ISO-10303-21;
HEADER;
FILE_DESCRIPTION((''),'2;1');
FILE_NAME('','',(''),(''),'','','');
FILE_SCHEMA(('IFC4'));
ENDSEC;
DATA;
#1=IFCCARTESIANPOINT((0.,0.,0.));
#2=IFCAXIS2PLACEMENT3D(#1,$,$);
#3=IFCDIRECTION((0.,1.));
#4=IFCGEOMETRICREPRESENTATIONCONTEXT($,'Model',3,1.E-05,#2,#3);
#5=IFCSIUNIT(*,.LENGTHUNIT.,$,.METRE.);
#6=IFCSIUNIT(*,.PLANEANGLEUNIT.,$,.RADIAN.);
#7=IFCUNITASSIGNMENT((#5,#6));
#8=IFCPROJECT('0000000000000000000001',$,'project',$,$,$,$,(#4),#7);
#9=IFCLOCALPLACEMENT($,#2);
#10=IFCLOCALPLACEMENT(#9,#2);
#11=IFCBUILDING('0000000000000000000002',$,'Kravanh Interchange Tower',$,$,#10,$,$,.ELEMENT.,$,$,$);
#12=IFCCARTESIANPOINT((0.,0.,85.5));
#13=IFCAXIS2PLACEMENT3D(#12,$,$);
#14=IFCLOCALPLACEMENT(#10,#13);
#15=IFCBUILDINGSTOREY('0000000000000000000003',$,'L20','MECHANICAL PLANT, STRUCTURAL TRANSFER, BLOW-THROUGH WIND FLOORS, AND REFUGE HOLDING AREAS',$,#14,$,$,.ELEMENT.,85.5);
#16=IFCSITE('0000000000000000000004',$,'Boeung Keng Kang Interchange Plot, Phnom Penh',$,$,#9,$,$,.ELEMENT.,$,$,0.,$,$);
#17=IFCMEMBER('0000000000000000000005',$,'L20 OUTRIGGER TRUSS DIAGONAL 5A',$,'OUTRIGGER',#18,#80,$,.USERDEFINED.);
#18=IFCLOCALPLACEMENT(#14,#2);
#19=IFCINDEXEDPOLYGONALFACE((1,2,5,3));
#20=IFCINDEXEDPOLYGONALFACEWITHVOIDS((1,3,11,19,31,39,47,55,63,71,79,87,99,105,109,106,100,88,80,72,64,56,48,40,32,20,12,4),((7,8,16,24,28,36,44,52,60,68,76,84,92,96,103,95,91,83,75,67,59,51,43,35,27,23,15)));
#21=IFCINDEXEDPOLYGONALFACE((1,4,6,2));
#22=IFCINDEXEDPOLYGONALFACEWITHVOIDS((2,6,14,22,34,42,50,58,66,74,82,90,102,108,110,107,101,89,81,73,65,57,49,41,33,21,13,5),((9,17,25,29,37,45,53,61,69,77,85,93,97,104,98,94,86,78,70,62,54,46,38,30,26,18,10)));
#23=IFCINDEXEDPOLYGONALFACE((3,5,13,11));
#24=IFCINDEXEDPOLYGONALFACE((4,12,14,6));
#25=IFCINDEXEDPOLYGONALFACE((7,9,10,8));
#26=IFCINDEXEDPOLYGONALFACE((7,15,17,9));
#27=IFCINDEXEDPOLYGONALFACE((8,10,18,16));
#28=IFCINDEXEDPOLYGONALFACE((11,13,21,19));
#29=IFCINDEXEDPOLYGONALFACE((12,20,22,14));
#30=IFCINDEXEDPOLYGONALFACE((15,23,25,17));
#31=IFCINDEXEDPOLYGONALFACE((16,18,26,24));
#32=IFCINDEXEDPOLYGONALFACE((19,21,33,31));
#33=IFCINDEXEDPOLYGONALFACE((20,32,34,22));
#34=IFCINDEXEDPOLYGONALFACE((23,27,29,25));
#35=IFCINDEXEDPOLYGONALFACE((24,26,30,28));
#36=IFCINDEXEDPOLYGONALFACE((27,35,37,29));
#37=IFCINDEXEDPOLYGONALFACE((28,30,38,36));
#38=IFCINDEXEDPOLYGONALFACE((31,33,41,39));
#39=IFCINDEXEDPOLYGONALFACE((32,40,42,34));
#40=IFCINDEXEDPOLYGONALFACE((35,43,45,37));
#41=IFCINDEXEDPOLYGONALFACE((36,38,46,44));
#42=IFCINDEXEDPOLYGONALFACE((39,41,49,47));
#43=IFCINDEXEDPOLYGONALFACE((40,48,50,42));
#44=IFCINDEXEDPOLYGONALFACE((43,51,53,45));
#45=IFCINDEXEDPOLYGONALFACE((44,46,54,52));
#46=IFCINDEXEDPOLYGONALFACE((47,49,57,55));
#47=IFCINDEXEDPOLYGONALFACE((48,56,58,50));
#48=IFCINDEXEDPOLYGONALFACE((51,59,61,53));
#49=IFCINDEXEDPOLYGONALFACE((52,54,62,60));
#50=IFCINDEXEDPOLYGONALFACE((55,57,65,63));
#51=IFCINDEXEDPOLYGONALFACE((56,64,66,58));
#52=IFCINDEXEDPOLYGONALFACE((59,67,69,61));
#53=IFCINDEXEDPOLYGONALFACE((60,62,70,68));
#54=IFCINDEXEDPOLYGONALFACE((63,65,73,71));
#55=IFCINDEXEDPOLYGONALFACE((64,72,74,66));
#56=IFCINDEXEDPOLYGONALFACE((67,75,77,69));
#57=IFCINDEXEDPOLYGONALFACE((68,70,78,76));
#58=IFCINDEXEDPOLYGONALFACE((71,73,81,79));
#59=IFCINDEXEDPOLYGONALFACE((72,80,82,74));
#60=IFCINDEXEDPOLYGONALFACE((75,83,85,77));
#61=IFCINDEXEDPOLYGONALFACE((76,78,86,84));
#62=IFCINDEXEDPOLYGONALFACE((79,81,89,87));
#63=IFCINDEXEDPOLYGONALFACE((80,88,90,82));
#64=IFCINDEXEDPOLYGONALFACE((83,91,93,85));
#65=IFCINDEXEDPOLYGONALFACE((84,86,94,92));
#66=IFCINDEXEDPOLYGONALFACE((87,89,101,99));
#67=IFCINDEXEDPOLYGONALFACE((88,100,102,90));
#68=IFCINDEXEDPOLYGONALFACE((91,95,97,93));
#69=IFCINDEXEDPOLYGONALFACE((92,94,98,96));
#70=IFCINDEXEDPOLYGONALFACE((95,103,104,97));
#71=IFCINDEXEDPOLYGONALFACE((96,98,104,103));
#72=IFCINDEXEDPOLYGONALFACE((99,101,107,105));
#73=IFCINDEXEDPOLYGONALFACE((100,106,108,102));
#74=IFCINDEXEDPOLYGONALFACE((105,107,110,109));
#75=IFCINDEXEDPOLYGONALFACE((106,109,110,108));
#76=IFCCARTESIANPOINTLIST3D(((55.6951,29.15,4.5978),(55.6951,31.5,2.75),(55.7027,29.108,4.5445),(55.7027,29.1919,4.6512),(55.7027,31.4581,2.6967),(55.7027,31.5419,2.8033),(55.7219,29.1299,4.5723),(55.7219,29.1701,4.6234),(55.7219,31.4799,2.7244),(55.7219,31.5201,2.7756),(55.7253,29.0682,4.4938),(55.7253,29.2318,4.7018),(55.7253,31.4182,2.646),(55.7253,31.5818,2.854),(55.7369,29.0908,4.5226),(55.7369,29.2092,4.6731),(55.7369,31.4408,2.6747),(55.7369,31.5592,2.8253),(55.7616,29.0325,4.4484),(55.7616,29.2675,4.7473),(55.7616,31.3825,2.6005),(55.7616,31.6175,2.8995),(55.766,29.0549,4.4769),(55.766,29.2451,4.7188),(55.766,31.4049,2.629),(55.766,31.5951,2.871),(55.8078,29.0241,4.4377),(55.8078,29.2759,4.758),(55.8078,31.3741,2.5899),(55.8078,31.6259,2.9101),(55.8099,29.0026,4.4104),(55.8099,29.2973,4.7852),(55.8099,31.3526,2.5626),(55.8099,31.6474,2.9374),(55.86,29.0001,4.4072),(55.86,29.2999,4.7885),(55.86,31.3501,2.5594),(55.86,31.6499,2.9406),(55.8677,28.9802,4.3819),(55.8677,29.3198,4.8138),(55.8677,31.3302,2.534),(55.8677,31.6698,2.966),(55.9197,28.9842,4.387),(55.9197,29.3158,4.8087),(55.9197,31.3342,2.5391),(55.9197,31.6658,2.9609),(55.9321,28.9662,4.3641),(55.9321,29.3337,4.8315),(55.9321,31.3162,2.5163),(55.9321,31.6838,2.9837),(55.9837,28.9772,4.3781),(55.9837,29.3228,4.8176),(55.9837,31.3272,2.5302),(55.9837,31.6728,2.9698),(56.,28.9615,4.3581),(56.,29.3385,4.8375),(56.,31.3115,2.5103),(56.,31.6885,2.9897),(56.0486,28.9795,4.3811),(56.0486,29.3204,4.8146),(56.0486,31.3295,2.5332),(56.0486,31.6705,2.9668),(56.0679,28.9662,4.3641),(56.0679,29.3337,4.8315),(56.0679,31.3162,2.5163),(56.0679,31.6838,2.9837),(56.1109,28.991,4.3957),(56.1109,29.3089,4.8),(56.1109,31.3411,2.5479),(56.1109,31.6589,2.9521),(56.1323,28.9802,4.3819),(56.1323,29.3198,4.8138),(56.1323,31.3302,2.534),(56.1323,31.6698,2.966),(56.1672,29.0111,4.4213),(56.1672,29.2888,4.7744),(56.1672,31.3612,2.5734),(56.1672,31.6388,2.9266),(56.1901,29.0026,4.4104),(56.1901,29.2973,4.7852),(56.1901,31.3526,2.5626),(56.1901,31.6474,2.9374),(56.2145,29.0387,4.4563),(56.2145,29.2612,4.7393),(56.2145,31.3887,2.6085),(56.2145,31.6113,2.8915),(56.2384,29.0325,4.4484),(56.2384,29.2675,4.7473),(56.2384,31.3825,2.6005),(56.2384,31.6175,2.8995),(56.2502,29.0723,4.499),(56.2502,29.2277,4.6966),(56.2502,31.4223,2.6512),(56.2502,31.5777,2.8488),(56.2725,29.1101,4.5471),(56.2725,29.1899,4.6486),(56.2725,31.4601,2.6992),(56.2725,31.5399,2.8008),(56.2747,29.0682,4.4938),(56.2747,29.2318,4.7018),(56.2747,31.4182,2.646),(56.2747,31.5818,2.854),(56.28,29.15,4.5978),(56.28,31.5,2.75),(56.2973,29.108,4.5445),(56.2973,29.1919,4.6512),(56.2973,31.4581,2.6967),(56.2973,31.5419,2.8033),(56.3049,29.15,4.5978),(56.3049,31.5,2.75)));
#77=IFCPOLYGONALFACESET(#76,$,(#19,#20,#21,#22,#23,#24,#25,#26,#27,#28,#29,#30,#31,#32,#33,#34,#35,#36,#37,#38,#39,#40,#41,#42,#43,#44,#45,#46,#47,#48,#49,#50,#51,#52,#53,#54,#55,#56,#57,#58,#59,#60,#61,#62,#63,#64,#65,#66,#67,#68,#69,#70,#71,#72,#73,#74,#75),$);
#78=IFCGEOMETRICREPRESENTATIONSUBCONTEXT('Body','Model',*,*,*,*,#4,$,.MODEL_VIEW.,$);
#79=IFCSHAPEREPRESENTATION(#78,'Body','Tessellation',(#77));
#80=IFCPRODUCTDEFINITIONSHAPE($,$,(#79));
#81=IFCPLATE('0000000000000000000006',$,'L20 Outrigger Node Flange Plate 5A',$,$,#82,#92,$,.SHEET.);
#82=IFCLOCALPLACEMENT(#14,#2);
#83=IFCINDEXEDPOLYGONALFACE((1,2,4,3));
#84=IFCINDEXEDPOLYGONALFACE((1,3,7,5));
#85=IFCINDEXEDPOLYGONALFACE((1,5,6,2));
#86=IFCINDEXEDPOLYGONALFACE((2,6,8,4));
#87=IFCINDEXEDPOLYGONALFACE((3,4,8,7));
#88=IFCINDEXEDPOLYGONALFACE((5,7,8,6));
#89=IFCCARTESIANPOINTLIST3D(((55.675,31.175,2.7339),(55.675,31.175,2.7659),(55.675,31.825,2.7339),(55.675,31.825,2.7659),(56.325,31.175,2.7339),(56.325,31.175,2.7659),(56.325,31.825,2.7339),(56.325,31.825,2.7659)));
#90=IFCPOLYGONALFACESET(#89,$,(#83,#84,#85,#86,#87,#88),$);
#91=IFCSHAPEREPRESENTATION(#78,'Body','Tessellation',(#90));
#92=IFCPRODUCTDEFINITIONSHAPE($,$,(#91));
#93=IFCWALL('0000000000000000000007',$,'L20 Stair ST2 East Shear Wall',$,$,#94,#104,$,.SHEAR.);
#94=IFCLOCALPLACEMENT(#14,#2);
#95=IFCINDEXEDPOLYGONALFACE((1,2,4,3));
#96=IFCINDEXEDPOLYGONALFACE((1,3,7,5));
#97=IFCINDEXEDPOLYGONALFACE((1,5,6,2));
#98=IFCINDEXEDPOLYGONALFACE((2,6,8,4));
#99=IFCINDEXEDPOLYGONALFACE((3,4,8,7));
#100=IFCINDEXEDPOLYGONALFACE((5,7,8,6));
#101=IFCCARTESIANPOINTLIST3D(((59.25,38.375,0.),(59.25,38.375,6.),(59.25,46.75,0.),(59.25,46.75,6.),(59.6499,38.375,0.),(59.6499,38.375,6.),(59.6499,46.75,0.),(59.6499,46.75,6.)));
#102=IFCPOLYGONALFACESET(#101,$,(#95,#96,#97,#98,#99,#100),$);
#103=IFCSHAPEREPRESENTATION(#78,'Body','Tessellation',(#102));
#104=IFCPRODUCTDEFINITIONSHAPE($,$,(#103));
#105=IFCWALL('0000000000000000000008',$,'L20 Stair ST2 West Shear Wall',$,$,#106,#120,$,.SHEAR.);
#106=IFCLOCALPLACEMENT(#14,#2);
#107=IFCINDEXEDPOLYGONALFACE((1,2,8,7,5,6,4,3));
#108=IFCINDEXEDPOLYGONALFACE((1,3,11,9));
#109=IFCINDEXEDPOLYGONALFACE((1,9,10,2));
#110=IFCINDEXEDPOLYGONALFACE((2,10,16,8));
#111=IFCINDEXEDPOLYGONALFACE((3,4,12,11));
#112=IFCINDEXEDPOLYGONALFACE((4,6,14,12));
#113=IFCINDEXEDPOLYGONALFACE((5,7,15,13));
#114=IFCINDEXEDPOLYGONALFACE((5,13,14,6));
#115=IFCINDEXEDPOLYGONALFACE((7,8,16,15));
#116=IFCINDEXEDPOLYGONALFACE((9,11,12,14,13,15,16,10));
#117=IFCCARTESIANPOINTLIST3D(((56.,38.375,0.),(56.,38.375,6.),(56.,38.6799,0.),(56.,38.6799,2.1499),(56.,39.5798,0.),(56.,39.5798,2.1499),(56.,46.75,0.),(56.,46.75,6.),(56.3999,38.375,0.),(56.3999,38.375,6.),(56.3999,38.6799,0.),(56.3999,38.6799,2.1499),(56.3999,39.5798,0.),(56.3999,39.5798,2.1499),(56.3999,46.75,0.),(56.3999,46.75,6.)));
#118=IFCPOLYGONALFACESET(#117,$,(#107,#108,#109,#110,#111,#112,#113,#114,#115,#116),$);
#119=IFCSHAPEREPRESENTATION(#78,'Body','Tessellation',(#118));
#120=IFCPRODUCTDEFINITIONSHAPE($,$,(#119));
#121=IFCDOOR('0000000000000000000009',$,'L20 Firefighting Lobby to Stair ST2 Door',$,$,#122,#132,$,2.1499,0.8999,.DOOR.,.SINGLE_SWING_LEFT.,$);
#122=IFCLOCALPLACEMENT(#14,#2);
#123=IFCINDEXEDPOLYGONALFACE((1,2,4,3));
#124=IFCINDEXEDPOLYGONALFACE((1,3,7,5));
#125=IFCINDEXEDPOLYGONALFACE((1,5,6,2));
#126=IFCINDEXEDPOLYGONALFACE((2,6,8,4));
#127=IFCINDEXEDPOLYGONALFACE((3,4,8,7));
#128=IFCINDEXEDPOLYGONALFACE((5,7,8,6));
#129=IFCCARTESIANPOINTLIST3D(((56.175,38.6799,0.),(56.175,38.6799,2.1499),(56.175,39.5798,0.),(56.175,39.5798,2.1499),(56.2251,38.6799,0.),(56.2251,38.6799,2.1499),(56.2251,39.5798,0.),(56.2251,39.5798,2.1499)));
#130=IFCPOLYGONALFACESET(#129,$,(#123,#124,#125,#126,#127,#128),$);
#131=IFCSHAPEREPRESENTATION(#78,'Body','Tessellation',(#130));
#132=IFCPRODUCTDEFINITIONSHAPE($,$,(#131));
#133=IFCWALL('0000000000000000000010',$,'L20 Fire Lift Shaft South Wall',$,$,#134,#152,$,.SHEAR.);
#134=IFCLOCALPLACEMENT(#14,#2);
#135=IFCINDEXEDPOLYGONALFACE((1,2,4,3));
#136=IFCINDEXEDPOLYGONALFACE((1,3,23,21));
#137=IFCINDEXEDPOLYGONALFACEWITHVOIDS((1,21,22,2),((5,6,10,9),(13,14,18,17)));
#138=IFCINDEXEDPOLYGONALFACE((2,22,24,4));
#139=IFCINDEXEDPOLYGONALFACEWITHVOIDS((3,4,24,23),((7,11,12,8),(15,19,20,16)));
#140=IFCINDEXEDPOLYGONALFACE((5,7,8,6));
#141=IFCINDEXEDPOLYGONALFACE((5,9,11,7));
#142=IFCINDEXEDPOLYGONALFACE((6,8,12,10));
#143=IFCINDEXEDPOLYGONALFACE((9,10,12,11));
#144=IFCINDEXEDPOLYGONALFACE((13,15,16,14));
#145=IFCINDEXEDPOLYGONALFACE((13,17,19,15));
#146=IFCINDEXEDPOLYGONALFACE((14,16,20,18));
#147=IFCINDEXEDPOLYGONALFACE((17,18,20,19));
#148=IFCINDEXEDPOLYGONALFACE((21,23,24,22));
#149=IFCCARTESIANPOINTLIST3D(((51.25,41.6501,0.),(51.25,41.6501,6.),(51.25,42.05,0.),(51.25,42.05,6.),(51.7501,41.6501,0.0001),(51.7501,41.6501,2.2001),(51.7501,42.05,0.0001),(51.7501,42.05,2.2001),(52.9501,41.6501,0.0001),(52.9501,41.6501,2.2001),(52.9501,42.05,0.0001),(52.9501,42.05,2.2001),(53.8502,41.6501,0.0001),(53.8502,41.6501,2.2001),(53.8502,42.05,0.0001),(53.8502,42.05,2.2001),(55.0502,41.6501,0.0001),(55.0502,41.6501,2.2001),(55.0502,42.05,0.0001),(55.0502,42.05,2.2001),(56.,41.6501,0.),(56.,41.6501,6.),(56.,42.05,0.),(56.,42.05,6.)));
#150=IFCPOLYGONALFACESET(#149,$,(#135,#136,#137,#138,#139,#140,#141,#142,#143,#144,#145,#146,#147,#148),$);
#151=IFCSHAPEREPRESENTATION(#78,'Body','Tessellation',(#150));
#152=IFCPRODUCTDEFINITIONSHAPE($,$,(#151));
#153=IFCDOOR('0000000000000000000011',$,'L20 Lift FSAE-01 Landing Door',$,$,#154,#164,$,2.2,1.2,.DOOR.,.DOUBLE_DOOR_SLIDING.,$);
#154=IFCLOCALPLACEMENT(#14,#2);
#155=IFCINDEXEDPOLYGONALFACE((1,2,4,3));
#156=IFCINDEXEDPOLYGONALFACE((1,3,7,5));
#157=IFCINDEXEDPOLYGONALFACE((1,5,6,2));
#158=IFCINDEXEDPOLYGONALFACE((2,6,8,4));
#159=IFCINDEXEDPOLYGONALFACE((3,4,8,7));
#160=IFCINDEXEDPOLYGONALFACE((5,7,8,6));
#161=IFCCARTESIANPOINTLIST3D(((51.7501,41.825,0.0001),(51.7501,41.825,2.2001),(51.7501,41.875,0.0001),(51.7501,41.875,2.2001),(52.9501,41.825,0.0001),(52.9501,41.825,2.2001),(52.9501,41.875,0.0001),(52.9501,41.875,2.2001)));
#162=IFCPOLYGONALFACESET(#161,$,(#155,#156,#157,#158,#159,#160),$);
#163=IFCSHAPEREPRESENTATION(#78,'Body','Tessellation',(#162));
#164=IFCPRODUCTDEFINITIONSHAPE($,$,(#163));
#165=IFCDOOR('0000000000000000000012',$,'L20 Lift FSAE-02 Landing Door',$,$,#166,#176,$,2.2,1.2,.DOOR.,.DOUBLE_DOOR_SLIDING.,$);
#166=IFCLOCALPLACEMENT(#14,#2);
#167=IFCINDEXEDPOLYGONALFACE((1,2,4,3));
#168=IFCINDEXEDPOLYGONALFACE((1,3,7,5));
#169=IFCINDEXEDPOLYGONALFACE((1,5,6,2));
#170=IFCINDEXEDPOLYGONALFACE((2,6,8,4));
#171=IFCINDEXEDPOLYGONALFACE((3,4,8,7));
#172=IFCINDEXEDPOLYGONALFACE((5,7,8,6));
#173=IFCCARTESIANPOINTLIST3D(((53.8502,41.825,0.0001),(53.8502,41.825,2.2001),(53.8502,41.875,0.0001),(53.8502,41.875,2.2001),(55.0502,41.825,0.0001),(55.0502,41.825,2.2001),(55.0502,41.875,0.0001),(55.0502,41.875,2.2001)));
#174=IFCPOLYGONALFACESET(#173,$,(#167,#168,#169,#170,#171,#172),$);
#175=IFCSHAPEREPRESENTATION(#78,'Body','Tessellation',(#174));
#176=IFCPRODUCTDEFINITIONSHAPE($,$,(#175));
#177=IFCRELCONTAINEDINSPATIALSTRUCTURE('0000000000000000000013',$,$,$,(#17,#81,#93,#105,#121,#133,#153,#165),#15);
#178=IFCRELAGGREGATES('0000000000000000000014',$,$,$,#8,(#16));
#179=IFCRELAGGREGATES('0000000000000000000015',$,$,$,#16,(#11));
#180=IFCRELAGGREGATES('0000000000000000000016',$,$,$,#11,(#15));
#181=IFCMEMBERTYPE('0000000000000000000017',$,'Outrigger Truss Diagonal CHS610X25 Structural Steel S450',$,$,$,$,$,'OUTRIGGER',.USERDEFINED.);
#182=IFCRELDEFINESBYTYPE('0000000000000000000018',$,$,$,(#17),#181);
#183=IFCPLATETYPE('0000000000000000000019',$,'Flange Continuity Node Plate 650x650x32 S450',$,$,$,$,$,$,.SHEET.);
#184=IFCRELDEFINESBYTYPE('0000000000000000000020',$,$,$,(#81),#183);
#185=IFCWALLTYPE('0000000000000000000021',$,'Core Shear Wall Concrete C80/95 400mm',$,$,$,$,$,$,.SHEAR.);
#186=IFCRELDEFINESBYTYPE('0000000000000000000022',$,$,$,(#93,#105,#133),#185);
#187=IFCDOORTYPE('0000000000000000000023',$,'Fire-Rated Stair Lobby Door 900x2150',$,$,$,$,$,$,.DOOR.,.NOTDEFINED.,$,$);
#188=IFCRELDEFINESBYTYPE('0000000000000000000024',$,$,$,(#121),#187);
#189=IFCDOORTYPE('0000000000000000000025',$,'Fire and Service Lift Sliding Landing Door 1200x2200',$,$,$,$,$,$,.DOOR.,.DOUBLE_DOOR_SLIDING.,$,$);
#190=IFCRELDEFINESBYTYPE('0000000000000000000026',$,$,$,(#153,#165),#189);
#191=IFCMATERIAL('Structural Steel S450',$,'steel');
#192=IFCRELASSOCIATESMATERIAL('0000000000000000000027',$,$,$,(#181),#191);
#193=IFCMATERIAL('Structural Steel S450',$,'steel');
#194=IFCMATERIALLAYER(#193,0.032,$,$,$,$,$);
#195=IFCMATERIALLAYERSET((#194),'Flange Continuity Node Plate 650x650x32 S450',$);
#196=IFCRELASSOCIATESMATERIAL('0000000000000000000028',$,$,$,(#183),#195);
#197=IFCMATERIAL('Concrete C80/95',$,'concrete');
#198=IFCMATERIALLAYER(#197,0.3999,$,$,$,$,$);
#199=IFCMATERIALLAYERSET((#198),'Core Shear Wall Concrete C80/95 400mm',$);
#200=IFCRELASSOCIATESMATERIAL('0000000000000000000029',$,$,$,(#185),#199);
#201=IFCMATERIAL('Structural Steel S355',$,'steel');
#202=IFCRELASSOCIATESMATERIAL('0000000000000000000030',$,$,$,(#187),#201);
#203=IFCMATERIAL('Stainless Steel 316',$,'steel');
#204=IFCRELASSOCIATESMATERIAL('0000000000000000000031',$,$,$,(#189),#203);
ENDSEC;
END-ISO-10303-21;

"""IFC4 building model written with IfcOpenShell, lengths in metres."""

from ifc_helpers import new_model, si_unit, direction, frame, frame_2d, origin, origin_2d, place, context, subcontext, project, spatial, rectangle, hollow_circle, extrude, material, layer, layer_set, material_profile, profile_set, type_object, element, fill, save


model = new_model("IFC4")

# Units and contexts
model_context = context("Model", 3, precision=1e-05, world=origin(), true_north=direction((0.0, 1.0)))
body_context = subcontext(model_context, "Body", "Model", "MODEL_VIEW")
ifc_project = project(units=[si_unit("LENGTHUNIT", "METRE"), si_unit("PLANEANGLEUNIT", "RADIAN")], contexts=[model_context])

# Site, building, storey
site_placement = place(None, origin())
site = spatial("IfcSite", under=ifc_project, at=site_placement, Name="Boeung Keng Kang Interchange Plot, Phnom Penh", CompositionType="ELEMENT", RefElevation=0.0)
building_placement = place(site_placement, origin())
building = spatial("IfcBuilding", under=site, at=building_placement, Name="Kravanh Interchange Tower", CompositionType="ELEMENT")
storey_placement = place(building_placement, frame((0.0, 0.0, 85.5)))
storey = spatial("IfcBuildingStorey", under=building, at=storey_placement, Name="L20", Description="MECHANICAL PLANT, STRUCTURAL TRANSFER, BLOW-THROUGH WIND FLOORS, AND REFUGE HOLDING AREAS", CompositionType="ELEMENT", Elevation=85.5)

# Member
ifc_material_1 = material(Name="Structural Steel S450", Category="steel")
ifc_material_profile_1 = material_profile(ifc_material_1, hollow_circle(Radius=0.3049, WallThickness=0.0249, at=origin_2d()), Name="CHS610X25")
ifc_profile_set_1 = profile_set([ifc_material_profile_1], Name="Structural Steel S450")
member_type_1 = type_object("IfcMemberType", Name="Outrigger Truss Diagonal CHS610X25 Structural Steel S450", ElementType="OUTRIGGER", PredefinedType="USERDEFINED", material=ifc_profile_set_1)
member_1_placement = place(storey_placement, frame((56.0, 31.5, 2.75), z_axis=(0.0, -0.786092, 0.61811), x_axis=(1.0, 0.0, 0.0)))
element("IfcMember", 1, at=member_1_placement, inside=storey, type_object=member_type_1, Name="L20 OUTRIGGER TRUSS DIAGONAL 5A", ObjectType="OUTRIGGER", PredefinedType="USERDEFINED", context=body_context, shape_type="SweptSolid", body=[
    extrude(hollow_circle(Radius=0.3049, WallThickness=0.0249, at=origin_2d()), origin(), (0.0, 0.0, 1.0), 2.9895),
])

# Plate
ifc_material_2 = material(Name="Structural Steel S450", Category="steel")
ifc_layer_1 = layer(ifc_material_2, 0.032)
ifc_layer_set_1 = layer_set([ifc_layer_1], Name="Flange Continuity Node Plate 650x650x32 S450")
plate_type = type_object("IfcPlateType", Name="Flange Continuity Node Plate 650x650x32 S450", PredefinedType="SHEET", material=ifc_layer_set_1)
plate_placement = place(storey_placement, frame((56.0, 31.5, 2.7339), z_axis=(0.0, 0.0, 1.0), x_axis=(1.0, 0.0, 0.0)))
element("IfcPlate", 2, at=plate_placement, inside=storey, type_object=plate_type, Name="L20 Outrigger Node Flange Plate 5A", PredefinedType="SHEET", context=body_context, shape_type="SweptSolid", body=[
    extrude(rectangle(XDim=0.6499, YDim=0.6499, at=origin_2d()), origin(), (0.0, 0.0, 1.0), 0.032),
])

# Wall
ifc_material_3 = material(Name="Concrete C80/95", Category="concrete")
ifc_layer_2 = layer(ifc_material_3, 0.3999)
ifc_layer_set_2 = layer_set([ifc_layer_2], Name="Core Shear Wall Concrete C80/95 400mm")
wall_type_1 = type_object("IfcWallType", Name="Core Shear Wall Concrete C80/95 400mm", PredefinedType="SHEAR", material=ifc_layer_set_2)
wall_1_placement = place(storey_placement, frame((59.45, 38.375, 0.0), z_axis=(0.0, 0.0, 1.0), x_axis=(0.0, 1.0, 0.0)))
element("IfcWall", 3, at=wall_1_placement, inside=storey, type_object=wall_type_1, Name="L20 Stair ST2 East Shear Wall", PredefinedType="SHEAR", context=body_context, shape_type="SweptSolid", body=[
    extrude(rectangle(XDim=8.375, YDim=0.3999, at=frame_2d((4.1875, 0.0))), origin(), (0.0, 0.0, 1.0), 6.0),
])

# Wall, opening, door
wall_2_placement = place(storey_placement, frame((56.2, 38.375, 0.0), z_axis=(0.0, 0.0, 1.0), x_axis=(0.0, 1.0, 0.0)))
wall_2 = element("IfcWall", 4, at=wall_2_placement, inside=storey, type_object=wall_type_1, Name="L20 Stair ST2 West Shear Wall", PredefinedType="SHEAR", context=body_context, shape_type="SweptSolid", body=[
    extrude(rectangle(XDim=8.375, YDim=0.3999, at=frame_2d((4.1875, 0.0))), origin(), (0.0, 0.0, 1.0), 6.0),
])
opening_1_placement = place(wall_2_placement, frame((0.3049, 0.0, 0.0)))
opening_1 = element("IfcOpeningElement", 5, at=opening_1_placement, cuts=wall_2, PredefinedType="OPENING", context=body_context, shape_type="SweptSolid", body=[
    extrude(rectangle(XDim=0.8999, YDim=2.1499, at=frame_2d((0.45, 1.075))), frame((0.0, 0.21, 0.0), z_axis=(0.0, -1.0, 0.0), x_axis=(1.0, 0.0, 0.0)), (0.0, 0.0, 1.0), 0.4199),
])
ifc_material_4 = material(Name="Structural Steel S355", Category="steel")
door_type_1 = type_object("IfcDoorType", Name="Fire-Rated Stair Lobby Door 900x2150", OperationType="NOTDEFINED", PredefinedType="DOOR", material=ifc_material_4)
door_1_placement = place(opening_1_placement, origin())
door_1 = element("IfcDoor", 6, at=door_1_placement, inside=storey, type_object=door_type_1, Name="L20 Firefighting Lobby to Stair ST2 Door", OperationType="SINGLE_SWING_LEFT", OverallHeight=2.1499, OverallWidth=0.8999, PredefinedType="DOOR", context=body_context, shape_type="SweptSolid", body=[
    extrude(rectangle(XDim=0.8999, YDim=2.1499, at=frame_2d((0.45, 1.075))), frame((0.0, 0.0249, 0.0), z_axis=(0.0, -1.0, 0.0), x_axis=(1.0, 0.0, 0.0)), (0.0, 0.0, 1.0), 0.05),
])
fill(opening_1, door_1)

# Wall, openings, doors
wall_3_placement = place(storey_placement, frame((51.25, 41.8501, 0.0), z_axis=(0.0, 0.0, 1.0), x_axis=(1.0, 0.0, 0.0)))
wall_3 = element("IfcWall", 7, at=wall_3_placement, inside=storey, type_object=wall_type_1, Name="L20 Fire Lift Shaft South Wall", PredefinedType="SHEAR", context=body_context, shape_type="SweptSolid", body=[
    extrude(rectangle(XDim=4.75, YDim=0.3999, at=frame_2d((2.375, 0.0))), origin(), (0.0, 0.0, 1.0), 6.0),
])
opening_2_placement = place(wall_3_placement, frame((0.5, 0.0, 0.0)))
opening_2 = element("IfcOpeningElement", 8, at=opening_2_placement, cuts=wall_3, PredefinedType="OPENING", context=body_context, shape_type="SweptSolid", body=[
    extrude(rectangle(XDim=1.2, YDim=2.2, at=frame_2d((0.6001, 1.1001))), frame((0.0, 0.21, 0.0), z_axis=(0.0, -1.0, 0.0), x_axis=(1.0, 0.0, 0.0)), (0.0, 0.0, 1.0), 0.4199),
])
opening_3_placement = place(wall_3_placement, frame((2.6001, 0.0, 0.0)))
opening_3 = element("IfcOpeningElement", 9, at=opening_3_placement, cuts=wall_3, PredefinedType="OPENING", context=body_context, shape_type="SweptSolid", body=[
    extrude(rectangle(XDim=1.2, YDim=2.2, at=frame_2d((0.6001, 1.1001))), frame((0.0, 0.21, 0.0), z_axis=(0.0, -1.0, 0.0), x_axis=(1.0, 0.0, 0.0)), (0.0, 0.0, 1.0), 0.4199),
])
ifc_material_5 = material(Name="Stainless Steel 316", Category="steel")
door_type_2 = type_object("IfcDoorType", Name="Fire and Service Lift Sliding Landing Door 1200x2200", OperationType="DOUBLE_DOOR_SLIDING", PredefinedType="DOOR", material=ifc_material_5)
door_2_placement = place(opening_2_placement, origin())
door_2 = element("IfcDoor", 10, at=door_2_placement, inside=storey, type_object=door_type_2, Name="L20 Lift FSAE-01 Landing Door", OperationType="DOUBLE_DOOR_SLIDING", OverallHeight=2.2, OverallWidth=1.2, PredefinedType="DOOR", context=body_context, shape_type="SweptSolid", body=[
    extrude(rectangle(XDim=1.2, YDim=2.2, at=frame_2d((0.6001, 1.1001))), frame((0.0, 0.0249, 0.0), z_axis=(0.0, -1.0, 0.0), x_axis=(1.0, 0.0, 0.0)), (0.0, 0.0, 1.0), 0.05),
])
fill(opening_2, door_2)
door_3_placement = place(opening_3_placement, origin())
door_3 = element("IfcDoor", 11, at=door_3_placement, inside=storey, type_object=door_type_2, Name="L20 Lift FSAE-02 Landing Door", OperationType="DOUBLE_DOOR_SLIDING", OverallHeight=2.2, OverallWidth=1.2, PredefinedType="DOOR", context=body_context, shape_type="SweptSolid", body=[
    extrude(rectangle(XDim=1.2, YDim=2.2, at=frame_2d((0.6001, 1.1001))), frame((0.0, 0.0249, 0.0), z_axis=(0.0, -1.0, 0.0), x_axis=(1.0, 0.0, 0.0)), (0.0, 0.0, 1.0), 0.05),
])
fill(opening_3, door_3)

save(model, "model.ifc")
